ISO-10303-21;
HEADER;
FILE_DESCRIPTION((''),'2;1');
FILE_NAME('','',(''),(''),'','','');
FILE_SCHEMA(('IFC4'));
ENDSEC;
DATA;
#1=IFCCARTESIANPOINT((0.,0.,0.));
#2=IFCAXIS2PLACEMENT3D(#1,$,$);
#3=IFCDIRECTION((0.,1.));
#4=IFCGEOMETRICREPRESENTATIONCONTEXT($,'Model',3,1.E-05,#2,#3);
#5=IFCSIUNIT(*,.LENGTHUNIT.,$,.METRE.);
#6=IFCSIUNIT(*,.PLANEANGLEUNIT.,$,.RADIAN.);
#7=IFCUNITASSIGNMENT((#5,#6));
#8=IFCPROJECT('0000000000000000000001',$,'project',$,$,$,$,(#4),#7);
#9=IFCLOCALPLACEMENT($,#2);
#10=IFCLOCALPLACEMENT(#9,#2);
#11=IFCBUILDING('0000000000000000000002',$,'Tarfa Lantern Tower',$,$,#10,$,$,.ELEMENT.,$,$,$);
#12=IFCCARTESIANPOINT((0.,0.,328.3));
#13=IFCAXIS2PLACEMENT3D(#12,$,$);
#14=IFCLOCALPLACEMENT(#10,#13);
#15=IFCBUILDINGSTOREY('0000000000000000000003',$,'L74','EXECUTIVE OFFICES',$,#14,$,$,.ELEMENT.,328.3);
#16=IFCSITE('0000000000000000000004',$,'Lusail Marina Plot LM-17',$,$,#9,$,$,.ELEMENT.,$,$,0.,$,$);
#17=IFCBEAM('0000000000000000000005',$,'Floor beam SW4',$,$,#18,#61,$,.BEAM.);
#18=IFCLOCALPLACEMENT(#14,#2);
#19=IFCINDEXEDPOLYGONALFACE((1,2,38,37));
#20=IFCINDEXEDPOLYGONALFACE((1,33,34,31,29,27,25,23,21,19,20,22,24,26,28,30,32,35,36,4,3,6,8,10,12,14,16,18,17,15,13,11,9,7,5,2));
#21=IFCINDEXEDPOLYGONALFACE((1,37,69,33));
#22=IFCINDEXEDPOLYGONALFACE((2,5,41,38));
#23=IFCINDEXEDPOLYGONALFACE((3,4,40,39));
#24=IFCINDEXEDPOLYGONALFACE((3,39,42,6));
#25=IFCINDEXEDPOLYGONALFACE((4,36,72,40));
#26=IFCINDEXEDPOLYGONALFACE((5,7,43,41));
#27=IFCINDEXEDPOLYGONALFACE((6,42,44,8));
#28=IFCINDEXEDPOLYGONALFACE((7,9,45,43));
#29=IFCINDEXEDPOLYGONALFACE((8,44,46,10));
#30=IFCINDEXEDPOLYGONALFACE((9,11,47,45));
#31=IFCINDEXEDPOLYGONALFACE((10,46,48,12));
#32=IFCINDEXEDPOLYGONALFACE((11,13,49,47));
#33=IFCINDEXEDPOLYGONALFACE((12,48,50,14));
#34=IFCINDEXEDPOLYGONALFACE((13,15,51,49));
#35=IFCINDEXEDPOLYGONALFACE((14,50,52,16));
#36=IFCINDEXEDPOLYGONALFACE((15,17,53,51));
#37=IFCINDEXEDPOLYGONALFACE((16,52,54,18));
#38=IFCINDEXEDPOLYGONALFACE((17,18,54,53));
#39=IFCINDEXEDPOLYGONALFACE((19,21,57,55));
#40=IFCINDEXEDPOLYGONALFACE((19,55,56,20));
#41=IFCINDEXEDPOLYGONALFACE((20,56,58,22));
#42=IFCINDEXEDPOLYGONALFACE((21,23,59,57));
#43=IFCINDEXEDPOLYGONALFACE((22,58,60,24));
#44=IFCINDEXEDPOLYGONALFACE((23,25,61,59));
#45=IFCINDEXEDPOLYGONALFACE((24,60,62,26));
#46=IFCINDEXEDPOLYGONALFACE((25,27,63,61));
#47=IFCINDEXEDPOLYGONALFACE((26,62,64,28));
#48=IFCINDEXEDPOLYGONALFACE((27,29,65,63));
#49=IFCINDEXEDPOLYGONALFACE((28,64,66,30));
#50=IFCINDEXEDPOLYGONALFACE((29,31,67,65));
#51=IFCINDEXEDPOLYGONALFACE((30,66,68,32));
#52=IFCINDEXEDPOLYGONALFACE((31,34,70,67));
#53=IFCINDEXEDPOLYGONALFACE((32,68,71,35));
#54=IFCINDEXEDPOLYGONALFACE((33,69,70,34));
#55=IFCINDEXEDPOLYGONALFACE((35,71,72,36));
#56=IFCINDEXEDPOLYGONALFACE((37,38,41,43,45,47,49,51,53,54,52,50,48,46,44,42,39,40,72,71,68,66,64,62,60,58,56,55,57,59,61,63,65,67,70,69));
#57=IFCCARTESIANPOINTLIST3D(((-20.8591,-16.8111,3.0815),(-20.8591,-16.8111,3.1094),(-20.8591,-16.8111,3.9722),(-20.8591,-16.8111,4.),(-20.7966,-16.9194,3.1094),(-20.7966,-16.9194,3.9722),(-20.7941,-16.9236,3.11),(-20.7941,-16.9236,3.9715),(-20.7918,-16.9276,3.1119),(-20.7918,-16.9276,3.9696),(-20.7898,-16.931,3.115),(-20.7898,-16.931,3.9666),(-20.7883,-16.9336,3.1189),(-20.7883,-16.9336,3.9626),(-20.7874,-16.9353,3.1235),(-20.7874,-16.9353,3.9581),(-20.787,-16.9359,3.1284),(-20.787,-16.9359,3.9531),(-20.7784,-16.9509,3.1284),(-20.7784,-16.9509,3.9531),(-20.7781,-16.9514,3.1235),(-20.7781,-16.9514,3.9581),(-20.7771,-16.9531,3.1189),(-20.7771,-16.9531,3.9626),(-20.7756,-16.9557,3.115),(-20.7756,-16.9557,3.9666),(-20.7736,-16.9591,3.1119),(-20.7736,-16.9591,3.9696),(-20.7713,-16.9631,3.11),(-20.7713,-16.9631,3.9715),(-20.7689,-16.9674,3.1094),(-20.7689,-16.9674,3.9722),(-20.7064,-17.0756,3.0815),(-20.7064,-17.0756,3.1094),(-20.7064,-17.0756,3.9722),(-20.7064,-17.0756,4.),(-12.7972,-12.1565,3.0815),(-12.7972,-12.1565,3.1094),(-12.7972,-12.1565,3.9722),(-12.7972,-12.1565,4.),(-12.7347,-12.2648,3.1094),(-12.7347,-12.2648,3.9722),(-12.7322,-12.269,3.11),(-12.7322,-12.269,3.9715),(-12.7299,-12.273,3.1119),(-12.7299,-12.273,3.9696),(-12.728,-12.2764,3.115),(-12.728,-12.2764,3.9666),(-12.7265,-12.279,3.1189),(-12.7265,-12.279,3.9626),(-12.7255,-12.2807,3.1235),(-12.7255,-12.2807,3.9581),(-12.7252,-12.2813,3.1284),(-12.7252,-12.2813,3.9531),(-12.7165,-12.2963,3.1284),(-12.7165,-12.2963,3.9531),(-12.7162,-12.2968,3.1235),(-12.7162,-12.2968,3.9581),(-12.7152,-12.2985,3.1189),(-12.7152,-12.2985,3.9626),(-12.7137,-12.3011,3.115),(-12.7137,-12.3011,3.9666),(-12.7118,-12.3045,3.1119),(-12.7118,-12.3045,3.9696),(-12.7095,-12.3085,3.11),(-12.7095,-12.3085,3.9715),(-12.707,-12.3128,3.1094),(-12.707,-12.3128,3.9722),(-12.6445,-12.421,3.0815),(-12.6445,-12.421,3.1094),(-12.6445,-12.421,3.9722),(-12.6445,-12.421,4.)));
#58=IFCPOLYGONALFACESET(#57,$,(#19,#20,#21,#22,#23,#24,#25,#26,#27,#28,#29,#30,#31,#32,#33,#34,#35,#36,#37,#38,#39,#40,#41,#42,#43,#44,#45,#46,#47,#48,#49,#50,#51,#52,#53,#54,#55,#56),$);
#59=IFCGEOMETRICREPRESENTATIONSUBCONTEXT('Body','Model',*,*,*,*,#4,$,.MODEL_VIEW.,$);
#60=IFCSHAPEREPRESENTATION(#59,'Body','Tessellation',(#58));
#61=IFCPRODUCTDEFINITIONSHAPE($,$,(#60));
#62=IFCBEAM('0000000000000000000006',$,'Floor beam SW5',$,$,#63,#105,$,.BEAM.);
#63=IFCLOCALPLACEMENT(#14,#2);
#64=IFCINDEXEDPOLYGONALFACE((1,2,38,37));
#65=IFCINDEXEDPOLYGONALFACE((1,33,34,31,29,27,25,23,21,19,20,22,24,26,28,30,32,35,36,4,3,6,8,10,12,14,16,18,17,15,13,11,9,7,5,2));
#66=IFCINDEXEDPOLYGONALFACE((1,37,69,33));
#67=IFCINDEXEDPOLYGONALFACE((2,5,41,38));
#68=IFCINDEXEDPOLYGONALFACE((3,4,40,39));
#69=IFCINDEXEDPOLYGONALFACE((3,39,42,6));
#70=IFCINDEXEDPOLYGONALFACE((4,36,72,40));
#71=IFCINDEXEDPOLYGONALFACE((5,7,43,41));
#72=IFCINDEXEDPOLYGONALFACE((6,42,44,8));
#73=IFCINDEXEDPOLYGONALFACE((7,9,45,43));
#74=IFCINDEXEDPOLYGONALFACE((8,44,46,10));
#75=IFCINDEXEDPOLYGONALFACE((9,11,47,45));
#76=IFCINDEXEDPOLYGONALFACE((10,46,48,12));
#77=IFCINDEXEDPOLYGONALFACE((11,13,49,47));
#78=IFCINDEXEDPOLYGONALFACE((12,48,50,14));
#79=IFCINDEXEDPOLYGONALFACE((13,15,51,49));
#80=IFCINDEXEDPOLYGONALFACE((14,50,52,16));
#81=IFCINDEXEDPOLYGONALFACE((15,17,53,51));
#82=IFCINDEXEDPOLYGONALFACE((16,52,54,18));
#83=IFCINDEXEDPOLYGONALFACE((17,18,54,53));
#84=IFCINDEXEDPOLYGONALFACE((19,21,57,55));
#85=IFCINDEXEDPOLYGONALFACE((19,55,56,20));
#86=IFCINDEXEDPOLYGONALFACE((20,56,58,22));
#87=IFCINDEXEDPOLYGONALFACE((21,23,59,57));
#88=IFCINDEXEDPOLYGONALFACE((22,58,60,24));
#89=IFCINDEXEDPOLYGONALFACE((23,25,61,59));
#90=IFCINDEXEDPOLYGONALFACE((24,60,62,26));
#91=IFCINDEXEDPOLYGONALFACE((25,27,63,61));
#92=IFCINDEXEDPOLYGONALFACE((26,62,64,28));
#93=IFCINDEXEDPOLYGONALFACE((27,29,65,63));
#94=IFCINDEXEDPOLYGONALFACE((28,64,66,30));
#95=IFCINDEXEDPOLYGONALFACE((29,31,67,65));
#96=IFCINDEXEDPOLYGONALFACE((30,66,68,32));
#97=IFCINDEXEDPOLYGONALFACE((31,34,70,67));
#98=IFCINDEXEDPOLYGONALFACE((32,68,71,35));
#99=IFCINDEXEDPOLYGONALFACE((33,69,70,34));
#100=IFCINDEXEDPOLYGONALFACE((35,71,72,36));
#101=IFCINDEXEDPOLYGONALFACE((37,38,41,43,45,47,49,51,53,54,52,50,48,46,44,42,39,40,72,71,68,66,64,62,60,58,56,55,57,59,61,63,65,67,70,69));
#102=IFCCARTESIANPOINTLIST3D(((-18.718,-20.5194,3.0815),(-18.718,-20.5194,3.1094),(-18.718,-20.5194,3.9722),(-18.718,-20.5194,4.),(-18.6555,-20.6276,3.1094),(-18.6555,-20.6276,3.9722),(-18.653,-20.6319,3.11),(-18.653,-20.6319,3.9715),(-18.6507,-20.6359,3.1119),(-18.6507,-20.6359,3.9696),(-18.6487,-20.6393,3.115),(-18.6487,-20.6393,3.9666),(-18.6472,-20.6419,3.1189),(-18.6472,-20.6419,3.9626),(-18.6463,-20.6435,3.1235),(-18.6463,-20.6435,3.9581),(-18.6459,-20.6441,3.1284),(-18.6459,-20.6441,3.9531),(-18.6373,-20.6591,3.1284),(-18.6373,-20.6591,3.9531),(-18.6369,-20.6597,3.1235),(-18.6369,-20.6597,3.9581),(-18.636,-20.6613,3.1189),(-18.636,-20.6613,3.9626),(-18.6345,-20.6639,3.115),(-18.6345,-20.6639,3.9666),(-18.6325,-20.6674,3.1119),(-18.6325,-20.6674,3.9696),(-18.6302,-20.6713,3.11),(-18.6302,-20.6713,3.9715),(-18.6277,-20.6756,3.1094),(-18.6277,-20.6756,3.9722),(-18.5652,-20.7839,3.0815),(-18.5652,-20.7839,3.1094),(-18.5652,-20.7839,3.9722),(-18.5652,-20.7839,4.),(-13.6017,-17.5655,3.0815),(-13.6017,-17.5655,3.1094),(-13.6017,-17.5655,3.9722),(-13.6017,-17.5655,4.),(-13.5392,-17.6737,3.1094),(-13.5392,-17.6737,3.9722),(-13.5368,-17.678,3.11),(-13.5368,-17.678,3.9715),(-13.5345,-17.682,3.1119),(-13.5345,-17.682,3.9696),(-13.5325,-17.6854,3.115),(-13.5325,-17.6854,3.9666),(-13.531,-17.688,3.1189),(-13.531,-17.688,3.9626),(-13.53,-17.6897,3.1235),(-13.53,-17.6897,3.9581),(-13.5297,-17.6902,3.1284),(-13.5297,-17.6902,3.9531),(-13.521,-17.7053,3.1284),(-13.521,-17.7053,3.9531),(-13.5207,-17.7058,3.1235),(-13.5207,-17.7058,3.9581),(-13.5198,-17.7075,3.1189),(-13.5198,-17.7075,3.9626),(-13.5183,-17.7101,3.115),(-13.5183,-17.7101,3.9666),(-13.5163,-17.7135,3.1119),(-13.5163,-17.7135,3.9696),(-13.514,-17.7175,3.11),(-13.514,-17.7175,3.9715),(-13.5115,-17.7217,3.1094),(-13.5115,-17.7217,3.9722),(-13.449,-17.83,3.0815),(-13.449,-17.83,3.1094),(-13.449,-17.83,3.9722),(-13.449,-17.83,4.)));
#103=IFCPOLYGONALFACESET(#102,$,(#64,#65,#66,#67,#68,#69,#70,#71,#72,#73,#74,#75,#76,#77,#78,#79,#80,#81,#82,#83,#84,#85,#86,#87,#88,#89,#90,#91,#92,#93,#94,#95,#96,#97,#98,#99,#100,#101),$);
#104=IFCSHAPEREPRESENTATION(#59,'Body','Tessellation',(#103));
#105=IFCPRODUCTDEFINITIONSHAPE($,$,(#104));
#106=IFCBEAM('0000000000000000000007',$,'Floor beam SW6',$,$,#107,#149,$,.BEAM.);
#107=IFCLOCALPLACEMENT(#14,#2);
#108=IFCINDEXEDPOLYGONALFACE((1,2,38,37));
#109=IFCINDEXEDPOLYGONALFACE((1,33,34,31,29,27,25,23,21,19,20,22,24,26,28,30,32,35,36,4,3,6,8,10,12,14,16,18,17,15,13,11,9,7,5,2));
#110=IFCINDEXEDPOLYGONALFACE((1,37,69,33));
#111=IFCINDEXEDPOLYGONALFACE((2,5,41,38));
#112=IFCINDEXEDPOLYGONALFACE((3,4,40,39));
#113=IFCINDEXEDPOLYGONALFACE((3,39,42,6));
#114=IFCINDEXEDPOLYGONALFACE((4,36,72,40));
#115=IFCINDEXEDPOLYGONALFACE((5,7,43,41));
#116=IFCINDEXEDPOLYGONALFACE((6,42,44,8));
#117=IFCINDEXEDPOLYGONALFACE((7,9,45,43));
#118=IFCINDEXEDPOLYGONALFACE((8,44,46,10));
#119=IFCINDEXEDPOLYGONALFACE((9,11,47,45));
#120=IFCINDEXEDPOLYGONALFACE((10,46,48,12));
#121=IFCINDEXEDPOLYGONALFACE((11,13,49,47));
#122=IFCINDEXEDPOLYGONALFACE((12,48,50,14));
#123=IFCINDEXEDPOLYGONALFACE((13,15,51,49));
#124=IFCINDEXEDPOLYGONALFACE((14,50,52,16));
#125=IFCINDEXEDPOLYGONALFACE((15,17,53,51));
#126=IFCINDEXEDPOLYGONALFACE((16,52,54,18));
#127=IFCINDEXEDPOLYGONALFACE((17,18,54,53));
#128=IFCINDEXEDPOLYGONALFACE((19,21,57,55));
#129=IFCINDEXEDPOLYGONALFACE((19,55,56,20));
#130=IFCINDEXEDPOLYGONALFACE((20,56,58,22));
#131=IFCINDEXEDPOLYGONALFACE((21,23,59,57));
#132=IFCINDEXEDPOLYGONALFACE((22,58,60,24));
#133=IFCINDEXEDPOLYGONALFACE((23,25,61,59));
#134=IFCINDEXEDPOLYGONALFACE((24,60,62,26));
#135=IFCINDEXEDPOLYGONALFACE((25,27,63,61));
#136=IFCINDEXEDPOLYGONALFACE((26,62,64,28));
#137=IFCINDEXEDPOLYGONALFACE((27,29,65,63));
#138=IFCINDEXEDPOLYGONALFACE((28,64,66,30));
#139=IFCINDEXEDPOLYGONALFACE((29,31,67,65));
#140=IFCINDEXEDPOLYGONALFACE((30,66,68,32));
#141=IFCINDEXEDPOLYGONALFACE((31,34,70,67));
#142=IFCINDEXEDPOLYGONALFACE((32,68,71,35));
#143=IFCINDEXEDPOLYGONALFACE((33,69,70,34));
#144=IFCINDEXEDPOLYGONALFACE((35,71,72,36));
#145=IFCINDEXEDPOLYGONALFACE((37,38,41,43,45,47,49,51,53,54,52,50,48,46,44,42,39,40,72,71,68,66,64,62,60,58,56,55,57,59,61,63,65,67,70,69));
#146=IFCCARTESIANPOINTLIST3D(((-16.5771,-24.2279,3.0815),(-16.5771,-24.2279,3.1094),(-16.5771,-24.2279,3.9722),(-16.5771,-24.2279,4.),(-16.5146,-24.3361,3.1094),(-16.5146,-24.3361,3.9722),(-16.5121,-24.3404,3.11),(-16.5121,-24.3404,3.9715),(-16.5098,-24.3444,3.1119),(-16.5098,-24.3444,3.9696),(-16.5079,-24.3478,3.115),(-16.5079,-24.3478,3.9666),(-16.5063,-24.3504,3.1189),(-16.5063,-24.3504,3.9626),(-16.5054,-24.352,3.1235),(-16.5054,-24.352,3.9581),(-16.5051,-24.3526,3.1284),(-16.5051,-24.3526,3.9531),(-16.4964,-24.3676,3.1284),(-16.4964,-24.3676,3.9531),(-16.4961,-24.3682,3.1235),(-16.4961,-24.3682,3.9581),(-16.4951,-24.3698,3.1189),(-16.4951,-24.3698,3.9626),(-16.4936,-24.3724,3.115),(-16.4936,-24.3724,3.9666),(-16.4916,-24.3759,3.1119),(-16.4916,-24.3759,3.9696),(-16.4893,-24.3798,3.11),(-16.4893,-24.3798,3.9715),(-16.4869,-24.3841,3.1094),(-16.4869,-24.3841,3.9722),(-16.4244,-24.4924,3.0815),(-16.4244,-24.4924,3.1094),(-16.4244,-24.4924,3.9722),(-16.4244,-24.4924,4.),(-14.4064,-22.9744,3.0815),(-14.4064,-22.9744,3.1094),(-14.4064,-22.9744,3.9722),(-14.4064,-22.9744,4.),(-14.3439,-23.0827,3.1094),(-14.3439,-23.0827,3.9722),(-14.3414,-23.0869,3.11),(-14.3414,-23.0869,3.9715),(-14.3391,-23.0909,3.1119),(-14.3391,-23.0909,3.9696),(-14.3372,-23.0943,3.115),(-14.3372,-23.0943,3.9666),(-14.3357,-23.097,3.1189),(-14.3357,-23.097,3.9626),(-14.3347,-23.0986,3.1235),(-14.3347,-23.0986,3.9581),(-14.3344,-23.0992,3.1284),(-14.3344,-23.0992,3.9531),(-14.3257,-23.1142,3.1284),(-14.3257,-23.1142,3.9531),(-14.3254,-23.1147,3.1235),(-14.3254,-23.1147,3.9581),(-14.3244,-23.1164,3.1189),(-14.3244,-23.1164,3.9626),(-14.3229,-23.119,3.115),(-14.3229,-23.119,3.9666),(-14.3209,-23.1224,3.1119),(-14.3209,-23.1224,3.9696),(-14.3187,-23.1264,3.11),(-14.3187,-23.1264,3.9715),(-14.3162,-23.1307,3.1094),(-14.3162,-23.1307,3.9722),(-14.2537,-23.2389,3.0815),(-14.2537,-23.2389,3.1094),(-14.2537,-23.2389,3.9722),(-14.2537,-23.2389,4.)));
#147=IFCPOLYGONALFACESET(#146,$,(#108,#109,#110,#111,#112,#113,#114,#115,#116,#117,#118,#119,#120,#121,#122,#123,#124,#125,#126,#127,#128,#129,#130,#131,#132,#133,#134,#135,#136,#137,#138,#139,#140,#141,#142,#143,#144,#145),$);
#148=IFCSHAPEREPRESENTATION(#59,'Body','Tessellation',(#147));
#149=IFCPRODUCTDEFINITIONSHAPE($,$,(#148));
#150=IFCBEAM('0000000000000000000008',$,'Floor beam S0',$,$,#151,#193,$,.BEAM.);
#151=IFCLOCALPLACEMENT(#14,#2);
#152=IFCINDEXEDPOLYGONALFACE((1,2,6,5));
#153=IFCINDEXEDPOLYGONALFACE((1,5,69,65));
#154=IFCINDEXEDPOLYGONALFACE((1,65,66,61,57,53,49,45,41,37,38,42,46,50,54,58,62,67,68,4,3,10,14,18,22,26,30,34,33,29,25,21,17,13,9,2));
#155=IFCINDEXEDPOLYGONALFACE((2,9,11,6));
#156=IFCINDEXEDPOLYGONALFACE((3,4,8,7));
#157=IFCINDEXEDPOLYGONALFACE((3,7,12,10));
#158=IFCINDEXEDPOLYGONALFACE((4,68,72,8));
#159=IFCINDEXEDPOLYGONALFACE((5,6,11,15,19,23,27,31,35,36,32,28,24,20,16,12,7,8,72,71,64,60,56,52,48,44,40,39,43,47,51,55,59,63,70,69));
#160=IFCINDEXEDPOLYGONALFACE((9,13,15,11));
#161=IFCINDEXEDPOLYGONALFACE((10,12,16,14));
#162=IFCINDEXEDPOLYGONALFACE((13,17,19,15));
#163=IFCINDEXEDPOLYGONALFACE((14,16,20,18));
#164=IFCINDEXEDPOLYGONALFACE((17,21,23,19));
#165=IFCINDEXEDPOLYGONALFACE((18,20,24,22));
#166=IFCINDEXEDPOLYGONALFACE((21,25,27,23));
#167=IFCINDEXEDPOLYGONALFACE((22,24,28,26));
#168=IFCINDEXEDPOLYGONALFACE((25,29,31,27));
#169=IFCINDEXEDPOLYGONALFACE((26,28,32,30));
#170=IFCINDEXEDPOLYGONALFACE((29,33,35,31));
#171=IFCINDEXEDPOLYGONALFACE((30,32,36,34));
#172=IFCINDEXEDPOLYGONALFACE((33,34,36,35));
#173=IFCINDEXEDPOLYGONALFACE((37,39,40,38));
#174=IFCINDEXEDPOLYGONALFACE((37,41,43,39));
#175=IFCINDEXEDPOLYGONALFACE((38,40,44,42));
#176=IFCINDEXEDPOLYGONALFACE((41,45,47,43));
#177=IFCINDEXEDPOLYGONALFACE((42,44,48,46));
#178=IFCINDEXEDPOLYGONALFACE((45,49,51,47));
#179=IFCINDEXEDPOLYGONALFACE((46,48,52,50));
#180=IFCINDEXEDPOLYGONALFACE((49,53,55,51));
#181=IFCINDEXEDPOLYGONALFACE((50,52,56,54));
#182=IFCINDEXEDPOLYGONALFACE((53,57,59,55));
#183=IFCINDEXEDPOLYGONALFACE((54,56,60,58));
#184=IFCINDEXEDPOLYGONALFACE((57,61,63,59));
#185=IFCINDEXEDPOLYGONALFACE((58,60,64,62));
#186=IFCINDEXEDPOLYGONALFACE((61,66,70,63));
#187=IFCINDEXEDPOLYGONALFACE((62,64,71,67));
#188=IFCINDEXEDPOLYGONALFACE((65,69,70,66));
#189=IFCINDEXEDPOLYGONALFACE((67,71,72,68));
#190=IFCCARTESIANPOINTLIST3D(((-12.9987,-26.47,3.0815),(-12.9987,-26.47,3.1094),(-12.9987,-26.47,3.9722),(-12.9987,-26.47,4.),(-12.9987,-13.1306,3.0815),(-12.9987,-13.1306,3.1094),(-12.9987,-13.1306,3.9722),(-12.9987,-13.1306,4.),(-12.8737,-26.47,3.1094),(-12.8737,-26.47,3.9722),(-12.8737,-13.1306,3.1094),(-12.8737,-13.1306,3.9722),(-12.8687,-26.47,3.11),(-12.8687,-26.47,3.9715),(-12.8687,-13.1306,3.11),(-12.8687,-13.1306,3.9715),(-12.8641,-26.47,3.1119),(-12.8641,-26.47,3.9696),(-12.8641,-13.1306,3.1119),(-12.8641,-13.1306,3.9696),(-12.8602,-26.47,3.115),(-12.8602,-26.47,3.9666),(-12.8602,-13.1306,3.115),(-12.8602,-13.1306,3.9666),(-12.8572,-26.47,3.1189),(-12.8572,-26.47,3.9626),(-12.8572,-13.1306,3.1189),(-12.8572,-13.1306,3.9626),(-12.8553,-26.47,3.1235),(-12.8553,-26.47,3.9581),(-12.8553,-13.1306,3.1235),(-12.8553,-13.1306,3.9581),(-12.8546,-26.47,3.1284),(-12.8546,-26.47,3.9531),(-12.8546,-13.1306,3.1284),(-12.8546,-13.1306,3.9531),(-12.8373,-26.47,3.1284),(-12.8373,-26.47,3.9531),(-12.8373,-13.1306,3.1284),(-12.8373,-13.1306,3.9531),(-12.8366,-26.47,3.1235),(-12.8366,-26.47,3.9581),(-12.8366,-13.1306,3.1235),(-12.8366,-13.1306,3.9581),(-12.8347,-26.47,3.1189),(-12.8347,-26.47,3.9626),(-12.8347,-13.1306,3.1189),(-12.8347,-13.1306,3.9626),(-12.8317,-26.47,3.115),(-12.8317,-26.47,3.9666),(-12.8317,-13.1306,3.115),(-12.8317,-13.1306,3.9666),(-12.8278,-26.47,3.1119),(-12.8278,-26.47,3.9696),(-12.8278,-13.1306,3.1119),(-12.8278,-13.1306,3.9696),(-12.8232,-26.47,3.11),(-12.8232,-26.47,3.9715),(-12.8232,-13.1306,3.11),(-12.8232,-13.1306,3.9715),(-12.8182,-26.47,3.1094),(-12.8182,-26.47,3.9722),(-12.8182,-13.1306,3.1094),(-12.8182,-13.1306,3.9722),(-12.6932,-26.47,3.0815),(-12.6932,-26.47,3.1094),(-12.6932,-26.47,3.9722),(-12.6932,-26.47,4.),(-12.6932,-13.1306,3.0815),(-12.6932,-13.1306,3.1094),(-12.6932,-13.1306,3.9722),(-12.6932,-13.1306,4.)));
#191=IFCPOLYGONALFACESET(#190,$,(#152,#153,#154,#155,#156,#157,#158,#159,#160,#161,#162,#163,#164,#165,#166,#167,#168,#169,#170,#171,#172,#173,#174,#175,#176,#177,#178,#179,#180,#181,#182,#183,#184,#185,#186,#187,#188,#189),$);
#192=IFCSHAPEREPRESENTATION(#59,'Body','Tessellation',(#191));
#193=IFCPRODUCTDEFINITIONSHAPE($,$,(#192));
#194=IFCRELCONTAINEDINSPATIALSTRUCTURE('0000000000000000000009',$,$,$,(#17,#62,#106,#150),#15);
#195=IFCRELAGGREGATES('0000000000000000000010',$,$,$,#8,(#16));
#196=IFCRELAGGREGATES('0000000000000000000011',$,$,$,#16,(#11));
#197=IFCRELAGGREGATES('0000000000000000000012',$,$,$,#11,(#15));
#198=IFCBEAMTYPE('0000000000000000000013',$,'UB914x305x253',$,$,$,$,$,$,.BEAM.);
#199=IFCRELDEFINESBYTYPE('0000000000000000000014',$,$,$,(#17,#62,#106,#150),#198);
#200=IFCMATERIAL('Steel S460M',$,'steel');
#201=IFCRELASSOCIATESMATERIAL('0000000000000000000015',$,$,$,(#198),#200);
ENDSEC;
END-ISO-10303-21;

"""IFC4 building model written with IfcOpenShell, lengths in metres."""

from ifc_helpers import new_model, si_unit, direction, frame, origin, origin_2d, place, context, subcontext, project, spatial, i_section, extrude, material, material_profile, profile_set, type_object, element, save


model = new_model("IFC4")

# Units and contexts
model_context = context("Model", 3, precision=1e-05, world=origin(), true_north=direction((0.0, 1.0)))
body_context = subcontext(model_context, "Body", "Model", "MODEL_VIEW")
ifc_project = project(units=[si_unit("LENGTHUNIT", "METRE"), si_unit("PLANEANGLEUNIT", "RADIAN")], contexts=[model_context])

# Site, building, storey
site_placement = place(None, origin())
site = spatial("IfcSite", under=ifc_project, at=site_placement, Name="Lusail Marina Plot LM-17", CompositionType="ELEMENT", RefElevation=0.0)
building_placement = place(site_placement, origin())
building = spatial("IfcBuilding", under=site, at=building_placement, Name="Tarfa Lantern Tower", CompositionType="ELEMENT")
storey_placement = place(building_placement, frame((0.0, 0.0, 328.3)))
storey = spatial("IfcBuildingStorey", under=building, at=storey_placement, Name="L74", Description="EXECUTIVE OFFICES", CompositionType="ELEMENT", Elevation=328.3)

# Beams
ifc_material_1 = material(Name="Steel S460M", Category="steel")
ifc_material_profile_1 = material_profile(ifc_material_1, i_section(OverallWidth=0.3054, OverallDepth=0.9185, WebThickness=0.0173, FlangeThickness=0.0278, FilletRadius=0.019, at=origin_2d()), Name="UB914x305x253")
ifc_profile_set_1 = profile_set([ifc_material_profile_1], Name="Steel S460M")
beam_type_1 = type_object("IfcBeamType", Name="UB914x305x253", PredefinedType="BEAM", material=ifc_profile_set_1)
beam_1_placement = place(storey_placement, frame((-20.7827, -16.9434, 3.5408), z_axis=(0.866022, 0.500006, 0.0), x_axis=(-0.500006, 0.866022, 0.0)))
element("IfcBeam", 1, at=beam_1_placement, inside=storey, type_object=beam_type_1, Name="Floor beam SW4", PredefinedType="BEAM", context=body_context, shape_type="SweptSolid", body=[
    extrude(i_section(OverallWidth=0.3054, OverallDepth=0.9185, WebThickness=0.0173, FlangeThickness=0.0278, FilletRadius=0.019, at=origin_2d()), origin(), (0.0, 0.0, 1.0), 9.3091),
])
beam_2_placement = place(storey_placement, frame((-18.6416, -20.6516, 3.5408), z_axis=(0.866025, 0.500001, 0.0), x_axis=(-0.500001, 0.866025, 0.0)))
element("IfcBeam", 2, at=beam_2_placement, inside=storey, type_object=beam_type_1, Name="Floor beam SW5", PredefinedType="BEAM", context=body_context, shape_type="SweptSolid", body=[
    extrude(i_section(OverallWidth=0.3054, OverallDepth=0.9185, WebThickness=0.0173, FlangeThickness=0.0278, FilletRadius=0.019, at=origin_2d()), origin(), (0.0, 0.0, 1.0), 5.9077),
])
beam_3_placement = place(storey_placement, frame((-16.5007, -24.3601, 3.5408), z_axis=(0.865993, 0.500057, 0.0), x_axis=(-0.500057, 0.865993, 0.0)))
element("IfcBeam", 3, at=beam_3_placement, inside=storey, type_object=beam_type_1, Name="Floor beam SW6", PredefinedType="BEAM", context=body_context, shape_type="SweptSolid", body=[
    extrude(i_section(OverallWidth=0.3054, OverallDepth=0.9185, WebThickness=0.0173, FlangeThickness=0.0278, FilletRadius=0.019, at=origin_2d()), origin(), (0.0, 0.0, 1.0), 2.5066),
])
beam_4_placement = place(storey_placement, frame((-12.8459, -26.47, 3.5408), z_axis=(0.0, 1.0, 0.0), x_axis=(-1.0, 0.0, 0.0)))
element("IfcBeam", 4, at=beam_4_placement, inside=storey, type_object=beam_type_1, Name="Floor beam S0", PredefinedType="BEAM", context=body_context, shape_type="SweptSolid", body=[
    extrude(i_section(OverallWidth=0.3054, OverallDepth=0.9185, WebThickness=0.0173, FlangeThickness=0.0278, FilletRadius=0.019, at=origin_2d()), origin(), (0.0, 0.0, 1.0), 13.3394),
])

save(model, "model.ifc")
